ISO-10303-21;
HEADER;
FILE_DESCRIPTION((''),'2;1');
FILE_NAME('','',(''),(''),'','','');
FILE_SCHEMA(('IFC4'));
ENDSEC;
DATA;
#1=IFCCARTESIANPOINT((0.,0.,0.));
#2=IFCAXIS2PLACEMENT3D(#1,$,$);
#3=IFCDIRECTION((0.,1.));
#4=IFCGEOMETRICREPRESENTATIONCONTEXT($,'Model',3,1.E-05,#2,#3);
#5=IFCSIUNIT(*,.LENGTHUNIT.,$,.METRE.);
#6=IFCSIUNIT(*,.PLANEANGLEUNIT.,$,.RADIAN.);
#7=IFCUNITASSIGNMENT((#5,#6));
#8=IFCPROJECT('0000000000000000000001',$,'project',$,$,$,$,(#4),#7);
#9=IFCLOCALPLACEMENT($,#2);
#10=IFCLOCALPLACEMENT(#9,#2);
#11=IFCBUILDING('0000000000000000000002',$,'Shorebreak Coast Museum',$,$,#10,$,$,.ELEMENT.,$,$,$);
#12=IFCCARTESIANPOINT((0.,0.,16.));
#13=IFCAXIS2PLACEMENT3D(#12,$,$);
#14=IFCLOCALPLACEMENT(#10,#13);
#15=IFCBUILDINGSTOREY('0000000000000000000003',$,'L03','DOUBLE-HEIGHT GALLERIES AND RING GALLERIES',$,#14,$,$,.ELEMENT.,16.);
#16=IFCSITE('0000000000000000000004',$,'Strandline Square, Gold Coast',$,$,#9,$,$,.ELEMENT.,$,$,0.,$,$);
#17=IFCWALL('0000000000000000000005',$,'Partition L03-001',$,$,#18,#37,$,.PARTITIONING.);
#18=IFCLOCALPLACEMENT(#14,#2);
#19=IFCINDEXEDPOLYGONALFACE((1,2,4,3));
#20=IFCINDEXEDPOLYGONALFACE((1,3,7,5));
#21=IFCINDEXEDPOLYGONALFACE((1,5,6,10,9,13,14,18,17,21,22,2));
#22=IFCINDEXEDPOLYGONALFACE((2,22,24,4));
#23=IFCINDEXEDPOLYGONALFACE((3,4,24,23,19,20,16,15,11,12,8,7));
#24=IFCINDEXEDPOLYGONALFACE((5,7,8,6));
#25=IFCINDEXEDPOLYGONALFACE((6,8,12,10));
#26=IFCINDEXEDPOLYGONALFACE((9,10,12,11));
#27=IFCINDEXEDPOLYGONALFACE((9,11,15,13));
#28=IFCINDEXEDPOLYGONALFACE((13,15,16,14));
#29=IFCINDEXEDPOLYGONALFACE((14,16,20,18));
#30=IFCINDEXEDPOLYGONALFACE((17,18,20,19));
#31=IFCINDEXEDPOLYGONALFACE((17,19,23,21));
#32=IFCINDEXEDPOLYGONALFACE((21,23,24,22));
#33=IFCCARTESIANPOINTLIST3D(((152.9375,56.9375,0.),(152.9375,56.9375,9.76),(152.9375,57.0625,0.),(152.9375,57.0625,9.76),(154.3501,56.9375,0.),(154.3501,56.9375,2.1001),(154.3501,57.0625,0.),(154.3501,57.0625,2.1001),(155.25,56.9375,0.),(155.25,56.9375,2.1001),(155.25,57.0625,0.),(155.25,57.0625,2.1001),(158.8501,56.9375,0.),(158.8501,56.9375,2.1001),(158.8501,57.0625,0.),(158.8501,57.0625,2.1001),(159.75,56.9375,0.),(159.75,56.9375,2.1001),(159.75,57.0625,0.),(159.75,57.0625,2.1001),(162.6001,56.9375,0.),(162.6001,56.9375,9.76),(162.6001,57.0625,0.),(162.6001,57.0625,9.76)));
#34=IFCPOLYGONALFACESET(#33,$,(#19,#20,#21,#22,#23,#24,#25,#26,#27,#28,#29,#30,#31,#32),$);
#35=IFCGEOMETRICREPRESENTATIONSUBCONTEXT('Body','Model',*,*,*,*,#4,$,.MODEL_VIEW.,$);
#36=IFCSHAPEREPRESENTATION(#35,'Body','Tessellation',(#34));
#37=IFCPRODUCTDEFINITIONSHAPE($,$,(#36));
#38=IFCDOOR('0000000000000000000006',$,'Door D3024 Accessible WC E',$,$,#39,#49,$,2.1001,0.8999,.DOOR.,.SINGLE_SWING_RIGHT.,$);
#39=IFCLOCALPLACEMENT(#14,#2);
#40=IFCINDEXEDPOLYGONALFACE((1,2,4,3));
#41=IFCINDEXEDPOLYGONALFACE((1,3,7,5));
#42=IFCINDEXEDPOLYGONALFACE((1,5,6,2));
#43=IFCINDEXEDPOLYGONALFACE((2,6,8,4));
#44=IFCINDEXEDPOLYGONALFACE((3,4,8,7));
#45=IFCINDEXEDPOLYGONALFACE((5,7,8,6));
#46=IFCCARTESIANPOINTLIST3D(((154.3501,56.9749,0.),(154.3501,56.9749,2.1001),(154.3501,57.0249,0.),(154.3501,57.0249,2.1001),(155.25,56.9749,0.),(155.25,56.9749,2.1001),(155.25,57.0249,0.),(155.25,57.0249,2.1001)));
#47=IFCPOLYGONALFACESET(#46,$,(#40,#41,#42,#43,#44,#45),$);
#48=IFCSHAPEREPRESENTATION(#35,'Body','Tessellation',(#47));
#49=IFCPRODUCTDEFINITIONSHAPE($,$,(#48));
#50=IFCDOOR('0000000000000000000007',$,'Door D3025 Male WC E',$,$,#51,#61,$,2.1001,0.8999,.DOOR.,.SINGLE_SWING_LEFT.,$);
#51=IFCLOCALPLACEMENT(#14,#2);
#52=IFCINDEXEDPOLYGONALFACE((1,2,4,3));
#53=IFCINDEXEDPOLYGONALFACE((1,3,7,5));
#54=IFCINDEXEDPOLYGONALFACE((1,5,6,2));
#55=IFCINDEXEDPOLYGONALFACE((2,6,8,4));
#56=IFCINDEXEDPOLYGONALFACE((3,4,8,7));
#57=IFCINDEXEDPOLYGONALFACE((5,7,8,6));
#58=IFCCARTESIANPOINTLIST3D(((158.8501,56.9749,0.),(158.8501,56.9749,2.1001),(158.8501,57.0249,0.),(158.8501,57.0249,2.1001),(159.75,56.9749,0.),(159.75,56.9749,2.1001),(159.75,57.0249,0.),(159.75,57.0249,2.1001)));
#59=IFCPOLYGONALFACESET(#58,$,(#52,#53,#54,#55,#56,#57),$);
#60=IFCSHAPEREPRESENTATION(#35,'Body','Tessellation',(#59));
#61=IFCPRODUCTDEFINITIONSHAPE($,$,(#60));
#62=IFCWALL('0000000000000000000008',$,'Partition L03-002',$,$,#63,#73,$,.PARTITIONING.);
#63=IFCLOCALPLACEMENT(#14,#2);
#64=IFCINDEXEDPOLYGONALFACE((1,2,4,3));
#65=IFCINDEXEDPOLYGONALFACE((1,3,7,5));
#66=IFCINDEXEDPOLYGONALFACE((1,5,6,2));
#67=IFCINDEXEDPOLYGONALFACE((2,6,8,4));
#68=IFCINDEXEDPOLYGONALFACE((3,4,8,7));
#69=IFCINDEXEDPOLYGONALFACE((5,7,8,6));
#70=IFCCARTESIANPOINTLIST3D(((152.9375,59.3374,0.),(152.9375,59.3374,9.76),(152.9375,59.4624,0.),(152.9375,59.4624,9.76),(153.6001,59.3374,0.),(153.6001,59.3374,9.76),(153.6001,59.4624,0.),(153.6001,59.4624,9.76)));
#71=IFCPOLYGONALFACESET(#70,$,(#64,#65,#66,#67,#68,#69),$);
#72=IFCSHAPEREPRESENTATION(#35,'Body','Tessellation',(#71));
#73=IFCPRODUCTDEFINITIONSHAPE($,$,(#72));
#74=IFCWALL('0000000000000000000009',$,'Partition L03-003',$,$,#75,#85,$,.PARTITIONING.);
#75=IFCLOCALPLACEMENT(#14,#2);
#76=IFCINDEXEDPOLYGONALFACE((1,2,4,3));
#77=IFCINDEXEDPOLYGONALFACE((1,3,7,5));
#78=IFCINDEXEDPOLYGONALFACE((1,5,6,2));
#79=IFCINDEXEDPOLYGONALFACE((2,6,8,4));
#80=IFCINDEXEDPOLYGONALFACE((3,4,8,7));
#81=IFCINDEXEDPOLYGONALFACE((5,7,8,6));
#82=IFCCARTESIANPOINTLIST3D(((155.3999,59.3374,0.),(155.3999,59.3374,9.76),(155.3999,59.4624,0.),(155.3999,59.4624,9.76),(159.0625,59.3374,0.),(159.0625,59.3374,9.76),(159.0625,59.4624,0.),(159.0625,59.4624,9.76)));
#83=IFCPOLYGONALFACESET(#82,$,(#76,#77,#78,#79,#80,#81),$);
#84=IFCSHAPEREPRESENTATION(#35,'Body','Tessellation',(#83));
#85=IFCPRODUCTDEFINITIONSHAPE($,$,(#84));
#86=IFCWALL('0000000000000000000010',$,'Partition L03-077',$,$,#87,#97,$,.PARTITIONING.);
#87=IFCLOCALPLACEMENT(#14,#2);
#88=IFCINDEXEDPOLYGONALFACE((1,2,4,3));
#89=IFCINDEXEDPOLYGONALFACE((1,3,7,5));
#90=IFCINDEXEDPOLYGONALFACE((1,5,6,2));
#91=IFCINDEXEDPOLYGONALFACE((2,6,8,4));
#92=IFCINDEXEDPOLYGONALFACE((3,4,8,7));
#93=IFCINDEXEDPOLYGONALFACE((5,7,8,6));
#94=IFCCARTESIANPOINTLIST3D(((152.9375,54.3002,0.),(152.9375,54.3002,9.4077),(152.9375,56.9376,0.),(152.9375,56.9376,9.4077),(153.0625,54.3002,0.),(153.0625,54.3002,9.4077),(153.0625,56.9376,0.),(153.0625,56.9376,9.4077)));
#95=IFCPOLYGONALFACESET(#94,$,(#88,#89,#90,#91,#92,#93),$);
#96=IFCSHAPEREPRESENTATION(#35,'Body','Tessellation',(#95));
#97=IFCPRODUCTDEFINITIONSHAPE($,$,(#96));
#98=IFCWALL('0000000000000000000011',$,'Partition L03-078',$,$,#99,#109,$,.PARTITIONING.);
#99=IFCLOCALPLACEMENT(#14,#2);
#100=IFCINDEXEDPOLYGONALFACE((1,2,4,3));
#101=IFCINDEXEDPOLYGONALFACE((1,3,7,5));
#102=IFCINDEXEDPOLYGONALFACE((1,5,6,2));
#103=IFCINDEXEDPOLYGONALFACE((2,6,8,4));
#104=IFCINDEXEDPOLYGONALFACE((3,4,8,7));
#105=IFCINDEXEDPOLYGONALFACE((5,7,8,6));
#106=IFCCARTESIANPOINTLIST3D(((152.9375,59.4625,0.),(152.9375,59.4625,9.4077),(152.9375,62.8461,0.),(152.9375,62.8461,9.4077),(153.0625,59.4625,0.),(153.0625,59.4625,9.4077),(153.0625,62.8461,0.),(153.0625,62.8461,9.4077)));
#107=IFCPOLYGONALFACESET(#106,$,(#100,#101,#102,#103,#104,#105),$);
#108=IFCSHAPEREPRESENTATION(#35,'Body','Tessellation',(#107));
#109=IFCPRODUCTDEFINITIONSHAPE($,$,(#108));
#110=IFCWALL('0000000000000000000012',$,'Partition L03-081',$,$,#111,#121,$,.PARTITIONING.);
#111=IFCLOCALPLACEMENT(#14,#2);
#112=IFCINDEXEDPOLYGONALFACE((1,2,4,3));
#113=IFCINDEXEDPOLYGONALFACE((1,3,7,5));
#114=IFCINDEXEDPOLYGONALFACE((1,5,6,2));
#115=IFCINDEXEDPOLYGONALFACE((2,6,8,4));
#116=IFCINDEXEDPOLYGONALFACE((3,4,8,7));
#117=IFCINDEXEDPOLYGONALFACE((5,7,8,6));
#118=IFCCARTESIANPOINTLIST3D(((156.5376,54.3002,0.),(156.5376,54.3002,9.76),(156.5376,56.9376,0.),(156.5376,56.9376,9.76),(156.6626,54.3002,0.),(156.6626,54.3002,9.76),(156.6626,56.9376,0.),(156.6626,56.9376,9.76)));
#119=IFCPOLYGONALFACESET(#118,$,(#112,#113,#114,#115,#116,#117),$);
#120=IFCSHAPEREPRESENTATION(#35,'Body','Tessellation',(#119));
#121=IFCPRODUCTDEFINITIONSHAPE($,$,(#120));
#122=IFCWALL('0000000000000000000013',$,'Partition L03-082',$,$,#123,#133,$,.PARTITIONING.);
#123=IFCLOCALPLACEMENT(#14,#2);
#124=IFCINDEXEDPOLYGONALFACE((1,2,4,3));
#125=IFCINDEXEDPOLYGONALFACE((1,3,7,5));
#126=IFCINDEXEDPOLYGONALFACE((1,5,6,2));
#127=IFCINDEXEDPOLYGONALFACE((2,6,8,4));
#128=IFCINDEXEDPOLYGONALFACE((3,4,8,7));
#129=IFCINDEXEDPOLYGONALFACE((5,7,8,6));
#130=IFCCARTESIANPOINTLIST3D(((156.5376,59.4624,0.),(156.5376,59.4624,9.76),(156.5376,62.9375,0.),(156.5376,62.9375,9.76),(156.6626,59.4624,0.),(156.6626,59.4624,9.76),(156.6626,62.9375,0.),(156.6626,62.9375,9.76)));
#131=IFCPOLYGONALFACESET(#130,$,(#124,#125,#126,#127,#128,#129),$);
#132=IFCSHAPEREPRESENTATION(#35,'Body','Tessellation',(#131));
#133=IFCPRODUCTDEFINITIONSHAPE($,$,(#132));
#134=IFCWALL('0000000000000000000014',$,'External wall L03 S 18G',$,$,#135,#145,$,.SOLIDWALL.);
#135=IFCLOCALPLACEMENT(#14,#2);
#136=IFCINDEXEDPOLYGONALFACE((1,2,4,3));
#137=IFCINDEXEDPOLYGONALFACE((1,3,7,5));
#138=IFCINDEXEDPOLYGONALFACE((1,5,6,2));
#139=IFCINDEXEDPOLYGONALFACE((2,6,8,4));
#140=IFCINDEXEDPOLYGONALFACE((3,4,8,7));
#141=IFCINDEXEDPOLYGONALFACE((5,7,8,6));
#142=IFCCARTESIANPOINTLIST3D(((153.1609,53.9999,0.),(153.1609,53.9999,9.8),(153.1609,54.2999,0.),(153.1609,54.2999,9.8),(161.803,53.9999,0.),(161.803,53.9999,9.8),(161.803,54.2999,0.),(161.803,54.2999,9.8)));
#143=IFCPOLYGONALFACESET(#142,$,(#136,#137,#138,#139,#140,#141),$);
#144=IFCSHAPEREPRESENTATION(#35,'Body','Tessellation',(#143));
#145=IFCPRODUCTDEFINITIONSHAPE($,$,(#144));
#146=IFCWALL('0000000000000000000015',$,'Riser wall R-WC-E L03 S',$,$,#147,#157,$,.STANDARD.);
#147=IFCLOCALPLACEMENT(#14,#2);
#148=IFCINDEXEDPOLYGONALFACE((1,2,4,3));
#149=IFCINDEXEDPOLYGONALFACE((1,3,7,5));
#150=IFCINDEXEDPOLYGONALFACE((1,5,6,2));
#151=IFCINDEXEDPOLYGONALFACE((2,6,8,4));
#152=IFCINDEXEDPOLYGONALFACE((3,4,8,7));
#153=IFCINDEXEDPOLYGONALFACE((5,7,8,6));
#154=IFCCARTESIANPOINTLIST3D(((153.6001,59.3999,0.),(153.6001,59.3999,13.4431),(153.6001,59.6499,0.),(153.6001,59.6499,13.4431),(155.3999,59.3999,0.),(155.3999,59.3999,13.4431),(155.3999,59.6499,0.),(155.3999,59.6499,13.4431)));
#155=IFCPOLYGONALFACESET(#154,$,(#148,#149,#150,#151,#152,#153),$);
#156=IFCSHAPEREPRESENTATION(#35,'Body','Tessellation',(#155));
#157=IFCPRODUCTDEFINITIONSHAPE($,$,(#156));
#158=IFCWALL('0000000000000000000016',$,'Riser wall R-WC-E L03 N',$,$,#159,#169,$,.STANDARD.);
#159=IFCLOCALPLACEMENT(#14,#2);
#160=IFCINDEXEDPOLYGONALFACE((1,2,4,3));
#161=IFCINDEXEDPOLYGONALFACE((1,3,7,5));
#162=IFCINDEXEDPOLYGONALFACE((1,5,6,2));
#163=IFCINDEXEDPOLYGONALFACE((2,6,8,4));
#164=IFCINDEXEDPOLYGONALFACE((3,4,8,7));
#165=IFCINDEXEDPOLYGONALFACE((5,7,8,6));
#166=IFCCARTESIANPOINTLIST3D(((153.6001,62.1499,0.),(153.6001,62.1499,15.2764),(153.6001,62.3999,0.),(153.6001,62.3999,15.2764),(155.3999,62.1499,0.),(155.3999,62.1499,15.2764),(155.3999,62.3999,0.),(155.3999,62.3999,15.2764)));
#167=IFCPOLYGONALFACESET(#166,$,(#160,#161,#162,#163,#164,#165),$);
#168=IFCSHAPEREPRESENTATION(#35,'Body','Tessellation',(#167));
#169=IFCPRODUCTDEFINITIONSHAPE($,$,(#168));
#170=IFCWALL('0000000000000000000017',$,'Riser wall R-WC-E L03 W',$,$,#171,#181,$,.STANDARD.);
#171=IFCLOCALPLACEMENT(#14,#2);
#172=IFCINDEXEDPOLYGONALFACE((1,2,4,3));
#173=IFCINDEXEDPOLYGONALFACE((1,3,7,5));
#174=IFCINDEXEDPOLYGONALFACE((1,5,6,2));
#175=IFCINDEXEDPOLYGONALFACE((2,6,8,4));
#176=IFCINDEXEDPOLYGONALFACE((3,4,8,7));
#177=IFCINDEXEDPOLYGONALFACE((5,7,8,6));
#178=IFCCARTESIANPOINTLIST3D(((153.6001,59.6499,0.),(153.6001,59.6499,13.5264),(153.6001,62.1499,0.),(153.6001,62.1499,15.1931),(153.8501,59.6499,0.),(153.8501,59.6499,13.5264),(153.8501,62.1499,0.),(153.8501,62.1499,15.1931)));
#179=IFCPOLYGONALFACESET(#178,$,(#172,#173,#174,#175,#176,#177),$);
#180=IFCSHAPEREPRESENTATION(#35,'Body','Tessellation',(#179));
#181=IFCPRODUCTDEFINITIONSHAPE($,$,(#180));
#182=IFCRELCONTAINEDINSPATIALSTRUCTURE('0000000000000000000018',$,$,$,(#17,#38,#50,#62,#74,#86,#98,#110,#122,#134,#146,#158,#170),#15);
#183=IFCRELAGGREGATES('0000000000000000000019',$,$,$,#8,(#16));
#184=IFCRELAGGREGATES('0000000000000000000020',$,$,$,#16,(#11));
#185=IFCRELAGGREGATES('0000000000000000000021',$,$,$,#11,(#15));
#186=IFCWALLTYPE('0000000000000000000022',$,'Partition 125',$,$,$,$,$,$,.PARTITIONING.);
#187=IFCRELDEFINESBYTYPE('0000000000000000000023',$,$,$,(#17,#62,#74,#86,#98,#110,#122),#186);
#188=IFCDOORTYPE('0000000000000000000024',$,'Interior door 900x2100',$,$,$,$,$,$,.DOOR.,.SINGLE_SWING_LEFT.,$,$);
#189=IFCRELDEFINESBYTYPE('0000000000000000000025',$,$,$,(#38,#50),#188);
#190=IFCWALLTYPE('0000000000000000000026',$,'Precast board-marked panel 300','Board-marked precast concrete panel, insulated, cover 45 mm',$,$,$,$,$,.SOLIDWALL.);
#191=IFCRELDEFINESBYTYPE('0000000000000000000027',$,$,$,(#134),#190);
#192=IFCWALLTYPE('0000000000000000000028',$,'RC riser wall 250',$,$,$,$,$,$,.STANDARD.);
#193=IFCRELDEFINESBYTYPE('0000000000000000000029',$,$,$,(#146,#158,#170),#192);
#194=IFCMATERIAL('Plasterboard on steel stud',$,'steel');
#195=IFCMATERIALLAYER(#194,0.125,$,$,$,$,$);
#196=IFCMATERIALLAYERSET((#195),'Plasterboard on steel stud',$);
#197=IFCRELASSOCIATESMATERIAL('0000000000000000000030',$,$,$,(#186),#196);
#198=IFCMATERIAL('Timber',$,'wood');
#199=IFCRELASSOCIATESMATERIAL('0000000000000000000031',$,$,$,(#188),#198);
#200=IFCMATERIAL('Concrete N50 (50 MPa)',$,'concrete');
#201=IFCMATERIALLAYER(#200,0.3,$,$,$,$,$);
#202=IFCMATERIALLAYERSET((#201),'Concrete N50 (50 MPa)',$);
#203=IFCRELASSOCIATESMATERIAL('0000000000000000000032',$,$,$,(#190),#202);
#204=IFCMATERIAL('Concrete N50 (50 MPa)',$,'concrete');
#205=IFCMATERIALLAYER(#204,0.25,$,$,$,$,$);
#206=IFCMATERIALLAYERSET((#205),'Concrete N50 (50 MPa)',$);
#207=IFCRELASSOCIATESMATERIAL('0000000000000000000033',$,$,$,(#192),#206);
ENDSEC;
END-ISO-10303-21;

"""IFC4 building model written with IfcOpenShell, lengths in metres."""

from ifc_helpers import new_model, si_unit, direction, frame, frame_2d, origin, place, context, subcontext, project, spatial, polyline, rectangle, outline, extrude, material, layer, layer_set, type_object, element, fill, save


model = new_model("IFC4")

# Units and contexts
model_context = context("Model", 3, precision=1e-05, world=origin(), true_north=direction((0.0, 1.0)))
body_context = subcontext(model_context, "Body", "Model", "MODEL_VIEW")
ifc_project = project(units=[si_unit("LENGTHUNIT", "METRE"), si_unit("PLANEANGLEUNIT", "RADIAN")], contexts=[model_context])

# Site, building, storey
site_placement = place(None, origin())
site = spatial("IfcSite", under=ifc_project, at=site_placement, Name="Strandline Square, Gold Coast", CompositionType="ELEMENT", RefElevation=0.0)
building_placement = place(site_placement, origin())
building = spatial("IfcBuilding", under=site, at=building_placement, Name="Shorebreak Coast Museum", CompositionType="ELEMENT")
storey_placement = place(building_placement, frame((0.0, 0.0, 16.0)))
storey = spatial("IfcBuildingStorey", under=building, at=storey_placement, Name="L03", Description="DOUBLE-HEIGHT GALLERIES AND RING GALLERIES", CompositionType="ELEMENT", Elevation=16.0)

# Wall, openings, doors
ifc_material_1 = material(Name="Plasterboard on steel stud", Category="steel")
ifc_layer_1 = layer(ifc_material_1, 0.125)
ifc_layer_set_1 = layer_set([ifc_layer_1], Name="Plasterboard on steel stud")
wall_type_1 = type_object("IfcWallType", Name="Partition 125", PredefinedType="PARTITIONING", material=ifc_layer_set_1)
wall_1_placement = place(storey_placement, frame((152.9375, 57.0, 0.0), z_axis=(0.0, 0.0, 1.0), x_axis=(1.0, 0.0, 0.0)))
wall_1 = element("IfcWall", 1, at=wall_1_placement, inside=storey, type_object=wall_type_1, Name="Partition L03-001", PredefinedType="PARTITIONING", context=body_context, shape_type="SweptSolid", body=[
    extrude(rectangle(XDim=9.6626, YDim=0.125, at=frame_2d((4.8313, 0.0))), origin(), (0.0, 0.0, 1.0), 9.76),
])
opening_1_placement = place(wall_1_placement, frame((1.4126, 0.0, 0.0)))
opening_1 = element("IfcOpeningElement", 2, at=opening_1_placement, cuts=wall_1, PredefinedType="OPENING", context=body_context, shape_type="SweptSolid", body=[
    extrude(rectangle(XDim=0.8999, YDim=2.1001, at=frame_2d((0.45, 1.05))), frame((0.0, 0.0725, 0.0), z_axis=(0.0, -1.0, 0.0), x_axis=(1.0, 0.0, 0.0)), (0.0, 0.0, 1.0), 0.145),
])
opening_2_placement = place(wall_1_placement, frame((5.9126, 0.0, 0.0)))
opening_2 = element("IfcOpeningElement", 3, at=opening_2_placement, cuts=wall_1, PredefinedType="OPENING", context=body_context, shape_type="SweptSolid", body=[
    extrude(rectangle(XDim=0.8999, YDim=2.1001, at=frame_2d((0.45, 1.05))), frame((0.0, 0.0725, 0.0), z_axis=(0.0, -1.0, 0.0), x_axis=(1.0, 0.0, 0.0)), (0.0, 0.0, 1.0), 0.145),
])
ifc_material_2 = material(Name="Timber", Category="wood")
door_type_1 = type_object("IfcDoorType", Name="Interior door 900x2100", OperationType="SINGLE_SWING_LEFT", PredefinedType="DOOR", material=ifc_material_2)
door_1_placement = place(opening_1_placement, origin())
door_1 = element("IfcDoor", 4, at=door_1_placement, inside=storey, type_object=door_type_1, Name="Door D3024 Accessible WC E", OperationType="SINGLE_SWING_RIGHT", OverallHeight=2.1001, OverallWidth=0.8999, PredefinedType="DOOR", context=body_context, shape_type="SweptSolid", body=[
    extrude(rectangle(XDim=0.8999, YDim=2.1001, at=frame_2d((0.45, 1.05))), frame((0.0, 0.0249, 0.0), z_axis=(0.0, -1.0, 0.0), x_axis=(1.0, 0.0, 0.0)), (0.0, 0.0, 1.0), 0.05),
])
fill(opening_1, door_1)
door_2_placement = place(opening_2_placement, origin())
door_2 = element("IfcDoor", 5, at=door_2_placement, inside=storey, type_object=door_type_1, Name="Door D3025 Male WC E", OperationType="SINGLE_SWING_LEFT", OverallHeight=2.1001, OverallWidth=0.8999, PredefinedType="DOOR", context=body_context, shape_type="SweptSolid", body=[
    extrude(rectangle(XDim=0.8999, YDim=2.1001, at=frame_2d((0.45, 1.05))), frame((0.0, 0.0249, 0.0), z_axis=(0.0, -1.0, 0.0), x_axis=(1.0, 0.0, 0.0)), (0.0, 0.0, 1.0), 0.05),
])
fill(opening_2, door_2)

# Walls
wall_2_placement = place(storey_placement, frame((152.9375, 59.3999, 0.0), z_axis=(0.0, 0.0, 1.0), x_axis=(1.0, 0.0, 0.0)))
element("IfcWall", 6, at=wall_2_placement, inside=storey, type_object=wall_type_1, Name="Partition L03-002", PredefinedType="PARTITIONING", context=body_context, shape_type="SweptSolid", body=[
    extrude(rectangle(XDim=0.6626, YDim=0.125, at=frame_2d((0.3313, 0.0))), origin(), (0.0, 0.0, 1.0), 9.76),
])
wall_3_placement = place(storey_placement, frame((155.3999, 59.3999, 0.0), z_axis=(0.0, 0.0, 1.0), x_axis=(1.0, 0.0, 0.0)))
element("IfcWall", 7, at=wall_3_placement, inside=storey, type_object=wall_type_1, Name="Partition L03-003", PredefinedType="PARTITIONING", context=body_context, shape_type="SweptSolid", body=[
    extrude(rectangle(XDim=3.6626, YDim=0.125, at=frame_2d((1.8313, 0.0))), origin(), (0.0, 0.0, 1.0), 9.76),
])
wall_4_placement = place(storey_placement, frame((153.0, 54.3, 0.0), z_axis=(0.0, 0.0, 1.0), x_axis=(0.0, 1.0, 0.0)))
element("IfcWall", 8, at=wall_4_placement, inside=storey, type_object=wall_type_1, Name="Partition L03-077", PredefinedType="PARTITIONING", context=body_context, shape_type="SweptSolid", body=[
    extrude(rectangle(XDim=2.6375, YDim=0.125, at=frame_2d((1.3188, 0.0))), origin(), (0.0, 0.0, 1.0), 9.4077),
])
wall_5_placement = place(storey_placement, frame((153.0, 59.4624, 0.0), z_axis=(0.0, 0.0, 1.0), x_axis=(0.0, 1.0, 0.0)))
element("IfcWall", 9, at=wall_5_placement, inside=storey, type_object=wall_type_1, Name="Partition L03-078", PredefinedType="PARTITIONING", context=body_context, shape_type="SweptSolid", body=[
    extrude(rectangle(XDim=3.3835, YDim=0.125, at=frame_2d((1.6919, 0.0))), origin(), (0.0, 0.0, 1.0), 9.4077),
])
wall_6_placement = place(storey_placement, frame((156.6001, 54.3, 0.0), z_axis=(0.0, 0.0, 1.0), x_axis=(0.0, 1.0, 0.0)))
element("IfcWall", 10, at=wall_6_placement, inside=storey, type_object=wall_type_1, Name="Partition L03-081", PredefinedType="PARTITIONING", context=body_context, shape_type="SweptSolid", body=[
    extrude(rectangle(XDim=2.6375, YDim=0.125, at=frame_2d((1.3188, 0.0))), origin(), (0.0, 0.0, 1.0), 9.76),
])
wall_7_placement = place(storey_placement, frame((156.6001, 59.4624, 0.0), z_axis=(0.0, 0.0, 1.0), x_axis=(0.0, 1.0, 0.0)))
element("IfcWall", 11, at=wall_7_placement, inside=storey, type_object=wall_type_1, Name="Partition L03-082", PredefinedType="PARTITIONING", context=body_context, shape_type="SweptSolid", body=[
    extrude(rectangle(XDim=3.4751, YDim=0.125, at=frame_2d((1.7375, 0.0))), origin(), (0.0, 0.0, 1.0), 9.76),
])
ifc_material_3 = material(Name="Concrete N50 (50 MPa)", Category="concrete")
ifc_layer_2 = layer(ifc_material_3, 0.3)
ifc_layer_set_2 = layer_set([ifc_layer_2], Name="Concrete N50 (50 MPa)")
wall_type_2 = type_object("IfcWallType", Name="Precast board-marked panel 300", Description="Board-marked precast concrete panel, insulated, cover 45 mm", PredefinedType="SOLIDWALL", material=ifc_layer_set_2)
wall_8_placement = place(storey_placement, frame((153.1609, 54.1499, 0.0), z_axis=(0.0, 0.0, 1.0), x_axis=(1.0, 0.0, 0.0)))
element("IfcWall", 12, at=wall_8_placement, inside=storey, type_object=wall_type_2, Name="External wall L03 S 18G", PredefinedType="SOLIDWALL", context=body_context, shape_type="SweptSolid", body=[
    extrude(rectangle(XDim=8.6421, YDim=0.3, at=frame_2d((4.321, 0.0))), origin(), (0.0, 0.0, 1.0), 9.8),
])
ifc_material_4 = material(Name="Concrete N50 (50 MPa)", Category="concrete")
ifc_layer_3 = layer(ifc_material_4, 0.25)
ifc_layer_set_3 = layer_set([ifc_layer_3], Name="Concrete N50 (50 MPa)")
wall_type_3 = type_object("IfcWallType", Name="RC riser wall 250", PredefinedType="STANDARD", material=ifc_layer_set_3)
wall_9_placement = place(storey_placement, frame((153.6001, 59.5249, 0.0), z_axis=(0.0, 0.0, 1.0), x_axis=(1.0, 0.0, 0.0)))
element("IfcWall", 13, at=wall_9_placement, inside=storey, type_object=wall_type_3, Name="Riser wall R-WC-E L03 S", PredefinedType="STANDARD", context=body_context, shape_type="SweptSolid", body=[
    extrude(rectangle(XDim=1.7998, YDim=0.25, at=frame_2d((0.8999, 0.0))), origin(), (0.0, 0.0, 1.0), 13.4431),
])
wall_10_placement = place(storey_placement, frame((153.6001, 62.2749, 0.0), z_axis=(0.0, 0.0, 1.0), x_axis=(1.0, 0.0, 0.0)))
element("IfcWall", 14, at=wall_10_placement, inside=storey, type_object=wall_type_3, Name="Riser wall R-WC-E L03 N", PredefinedType="STANDARD", context=body_context, shape_type="SweptSolid", body=[
    extrude(rectangle(XDim=1.7998, YDim=0.25, at=frame_2d((0.8999, 0.0))), origin(), (0.0, 0.0, 1.0), 15.2764),
])
wall_11_placement = place(storey_placement, frame((153.7251, 59.6499, 0.0), z_axis=(0.0, 0.0, 1.0), x_axis=(0.0, 1.0, 0.0)))
element("IfcWall", 15, at=wall_11_placement, inside=storey, type_object=wall_type_3, Name="Riser wall R-WC-E L03 W", PredefinedType="STANDARD", context=body_context, shape_type="SweptSolid", body=[
    extrude(outline(polyline([(0.0, 0.0), (2.5, 0.0), (2.5, 15.1931), (0.0, 13.5264), (0.0, 0.0)])), frame((0.0, 0.125, 0.0), z_axis=(0.0, -1.0, 0.0), x_axis=(1.0, 0.0, 0.0)), (0.0, 0.0, 1.0), 0.25),
])

save(model, "model.ifc")
